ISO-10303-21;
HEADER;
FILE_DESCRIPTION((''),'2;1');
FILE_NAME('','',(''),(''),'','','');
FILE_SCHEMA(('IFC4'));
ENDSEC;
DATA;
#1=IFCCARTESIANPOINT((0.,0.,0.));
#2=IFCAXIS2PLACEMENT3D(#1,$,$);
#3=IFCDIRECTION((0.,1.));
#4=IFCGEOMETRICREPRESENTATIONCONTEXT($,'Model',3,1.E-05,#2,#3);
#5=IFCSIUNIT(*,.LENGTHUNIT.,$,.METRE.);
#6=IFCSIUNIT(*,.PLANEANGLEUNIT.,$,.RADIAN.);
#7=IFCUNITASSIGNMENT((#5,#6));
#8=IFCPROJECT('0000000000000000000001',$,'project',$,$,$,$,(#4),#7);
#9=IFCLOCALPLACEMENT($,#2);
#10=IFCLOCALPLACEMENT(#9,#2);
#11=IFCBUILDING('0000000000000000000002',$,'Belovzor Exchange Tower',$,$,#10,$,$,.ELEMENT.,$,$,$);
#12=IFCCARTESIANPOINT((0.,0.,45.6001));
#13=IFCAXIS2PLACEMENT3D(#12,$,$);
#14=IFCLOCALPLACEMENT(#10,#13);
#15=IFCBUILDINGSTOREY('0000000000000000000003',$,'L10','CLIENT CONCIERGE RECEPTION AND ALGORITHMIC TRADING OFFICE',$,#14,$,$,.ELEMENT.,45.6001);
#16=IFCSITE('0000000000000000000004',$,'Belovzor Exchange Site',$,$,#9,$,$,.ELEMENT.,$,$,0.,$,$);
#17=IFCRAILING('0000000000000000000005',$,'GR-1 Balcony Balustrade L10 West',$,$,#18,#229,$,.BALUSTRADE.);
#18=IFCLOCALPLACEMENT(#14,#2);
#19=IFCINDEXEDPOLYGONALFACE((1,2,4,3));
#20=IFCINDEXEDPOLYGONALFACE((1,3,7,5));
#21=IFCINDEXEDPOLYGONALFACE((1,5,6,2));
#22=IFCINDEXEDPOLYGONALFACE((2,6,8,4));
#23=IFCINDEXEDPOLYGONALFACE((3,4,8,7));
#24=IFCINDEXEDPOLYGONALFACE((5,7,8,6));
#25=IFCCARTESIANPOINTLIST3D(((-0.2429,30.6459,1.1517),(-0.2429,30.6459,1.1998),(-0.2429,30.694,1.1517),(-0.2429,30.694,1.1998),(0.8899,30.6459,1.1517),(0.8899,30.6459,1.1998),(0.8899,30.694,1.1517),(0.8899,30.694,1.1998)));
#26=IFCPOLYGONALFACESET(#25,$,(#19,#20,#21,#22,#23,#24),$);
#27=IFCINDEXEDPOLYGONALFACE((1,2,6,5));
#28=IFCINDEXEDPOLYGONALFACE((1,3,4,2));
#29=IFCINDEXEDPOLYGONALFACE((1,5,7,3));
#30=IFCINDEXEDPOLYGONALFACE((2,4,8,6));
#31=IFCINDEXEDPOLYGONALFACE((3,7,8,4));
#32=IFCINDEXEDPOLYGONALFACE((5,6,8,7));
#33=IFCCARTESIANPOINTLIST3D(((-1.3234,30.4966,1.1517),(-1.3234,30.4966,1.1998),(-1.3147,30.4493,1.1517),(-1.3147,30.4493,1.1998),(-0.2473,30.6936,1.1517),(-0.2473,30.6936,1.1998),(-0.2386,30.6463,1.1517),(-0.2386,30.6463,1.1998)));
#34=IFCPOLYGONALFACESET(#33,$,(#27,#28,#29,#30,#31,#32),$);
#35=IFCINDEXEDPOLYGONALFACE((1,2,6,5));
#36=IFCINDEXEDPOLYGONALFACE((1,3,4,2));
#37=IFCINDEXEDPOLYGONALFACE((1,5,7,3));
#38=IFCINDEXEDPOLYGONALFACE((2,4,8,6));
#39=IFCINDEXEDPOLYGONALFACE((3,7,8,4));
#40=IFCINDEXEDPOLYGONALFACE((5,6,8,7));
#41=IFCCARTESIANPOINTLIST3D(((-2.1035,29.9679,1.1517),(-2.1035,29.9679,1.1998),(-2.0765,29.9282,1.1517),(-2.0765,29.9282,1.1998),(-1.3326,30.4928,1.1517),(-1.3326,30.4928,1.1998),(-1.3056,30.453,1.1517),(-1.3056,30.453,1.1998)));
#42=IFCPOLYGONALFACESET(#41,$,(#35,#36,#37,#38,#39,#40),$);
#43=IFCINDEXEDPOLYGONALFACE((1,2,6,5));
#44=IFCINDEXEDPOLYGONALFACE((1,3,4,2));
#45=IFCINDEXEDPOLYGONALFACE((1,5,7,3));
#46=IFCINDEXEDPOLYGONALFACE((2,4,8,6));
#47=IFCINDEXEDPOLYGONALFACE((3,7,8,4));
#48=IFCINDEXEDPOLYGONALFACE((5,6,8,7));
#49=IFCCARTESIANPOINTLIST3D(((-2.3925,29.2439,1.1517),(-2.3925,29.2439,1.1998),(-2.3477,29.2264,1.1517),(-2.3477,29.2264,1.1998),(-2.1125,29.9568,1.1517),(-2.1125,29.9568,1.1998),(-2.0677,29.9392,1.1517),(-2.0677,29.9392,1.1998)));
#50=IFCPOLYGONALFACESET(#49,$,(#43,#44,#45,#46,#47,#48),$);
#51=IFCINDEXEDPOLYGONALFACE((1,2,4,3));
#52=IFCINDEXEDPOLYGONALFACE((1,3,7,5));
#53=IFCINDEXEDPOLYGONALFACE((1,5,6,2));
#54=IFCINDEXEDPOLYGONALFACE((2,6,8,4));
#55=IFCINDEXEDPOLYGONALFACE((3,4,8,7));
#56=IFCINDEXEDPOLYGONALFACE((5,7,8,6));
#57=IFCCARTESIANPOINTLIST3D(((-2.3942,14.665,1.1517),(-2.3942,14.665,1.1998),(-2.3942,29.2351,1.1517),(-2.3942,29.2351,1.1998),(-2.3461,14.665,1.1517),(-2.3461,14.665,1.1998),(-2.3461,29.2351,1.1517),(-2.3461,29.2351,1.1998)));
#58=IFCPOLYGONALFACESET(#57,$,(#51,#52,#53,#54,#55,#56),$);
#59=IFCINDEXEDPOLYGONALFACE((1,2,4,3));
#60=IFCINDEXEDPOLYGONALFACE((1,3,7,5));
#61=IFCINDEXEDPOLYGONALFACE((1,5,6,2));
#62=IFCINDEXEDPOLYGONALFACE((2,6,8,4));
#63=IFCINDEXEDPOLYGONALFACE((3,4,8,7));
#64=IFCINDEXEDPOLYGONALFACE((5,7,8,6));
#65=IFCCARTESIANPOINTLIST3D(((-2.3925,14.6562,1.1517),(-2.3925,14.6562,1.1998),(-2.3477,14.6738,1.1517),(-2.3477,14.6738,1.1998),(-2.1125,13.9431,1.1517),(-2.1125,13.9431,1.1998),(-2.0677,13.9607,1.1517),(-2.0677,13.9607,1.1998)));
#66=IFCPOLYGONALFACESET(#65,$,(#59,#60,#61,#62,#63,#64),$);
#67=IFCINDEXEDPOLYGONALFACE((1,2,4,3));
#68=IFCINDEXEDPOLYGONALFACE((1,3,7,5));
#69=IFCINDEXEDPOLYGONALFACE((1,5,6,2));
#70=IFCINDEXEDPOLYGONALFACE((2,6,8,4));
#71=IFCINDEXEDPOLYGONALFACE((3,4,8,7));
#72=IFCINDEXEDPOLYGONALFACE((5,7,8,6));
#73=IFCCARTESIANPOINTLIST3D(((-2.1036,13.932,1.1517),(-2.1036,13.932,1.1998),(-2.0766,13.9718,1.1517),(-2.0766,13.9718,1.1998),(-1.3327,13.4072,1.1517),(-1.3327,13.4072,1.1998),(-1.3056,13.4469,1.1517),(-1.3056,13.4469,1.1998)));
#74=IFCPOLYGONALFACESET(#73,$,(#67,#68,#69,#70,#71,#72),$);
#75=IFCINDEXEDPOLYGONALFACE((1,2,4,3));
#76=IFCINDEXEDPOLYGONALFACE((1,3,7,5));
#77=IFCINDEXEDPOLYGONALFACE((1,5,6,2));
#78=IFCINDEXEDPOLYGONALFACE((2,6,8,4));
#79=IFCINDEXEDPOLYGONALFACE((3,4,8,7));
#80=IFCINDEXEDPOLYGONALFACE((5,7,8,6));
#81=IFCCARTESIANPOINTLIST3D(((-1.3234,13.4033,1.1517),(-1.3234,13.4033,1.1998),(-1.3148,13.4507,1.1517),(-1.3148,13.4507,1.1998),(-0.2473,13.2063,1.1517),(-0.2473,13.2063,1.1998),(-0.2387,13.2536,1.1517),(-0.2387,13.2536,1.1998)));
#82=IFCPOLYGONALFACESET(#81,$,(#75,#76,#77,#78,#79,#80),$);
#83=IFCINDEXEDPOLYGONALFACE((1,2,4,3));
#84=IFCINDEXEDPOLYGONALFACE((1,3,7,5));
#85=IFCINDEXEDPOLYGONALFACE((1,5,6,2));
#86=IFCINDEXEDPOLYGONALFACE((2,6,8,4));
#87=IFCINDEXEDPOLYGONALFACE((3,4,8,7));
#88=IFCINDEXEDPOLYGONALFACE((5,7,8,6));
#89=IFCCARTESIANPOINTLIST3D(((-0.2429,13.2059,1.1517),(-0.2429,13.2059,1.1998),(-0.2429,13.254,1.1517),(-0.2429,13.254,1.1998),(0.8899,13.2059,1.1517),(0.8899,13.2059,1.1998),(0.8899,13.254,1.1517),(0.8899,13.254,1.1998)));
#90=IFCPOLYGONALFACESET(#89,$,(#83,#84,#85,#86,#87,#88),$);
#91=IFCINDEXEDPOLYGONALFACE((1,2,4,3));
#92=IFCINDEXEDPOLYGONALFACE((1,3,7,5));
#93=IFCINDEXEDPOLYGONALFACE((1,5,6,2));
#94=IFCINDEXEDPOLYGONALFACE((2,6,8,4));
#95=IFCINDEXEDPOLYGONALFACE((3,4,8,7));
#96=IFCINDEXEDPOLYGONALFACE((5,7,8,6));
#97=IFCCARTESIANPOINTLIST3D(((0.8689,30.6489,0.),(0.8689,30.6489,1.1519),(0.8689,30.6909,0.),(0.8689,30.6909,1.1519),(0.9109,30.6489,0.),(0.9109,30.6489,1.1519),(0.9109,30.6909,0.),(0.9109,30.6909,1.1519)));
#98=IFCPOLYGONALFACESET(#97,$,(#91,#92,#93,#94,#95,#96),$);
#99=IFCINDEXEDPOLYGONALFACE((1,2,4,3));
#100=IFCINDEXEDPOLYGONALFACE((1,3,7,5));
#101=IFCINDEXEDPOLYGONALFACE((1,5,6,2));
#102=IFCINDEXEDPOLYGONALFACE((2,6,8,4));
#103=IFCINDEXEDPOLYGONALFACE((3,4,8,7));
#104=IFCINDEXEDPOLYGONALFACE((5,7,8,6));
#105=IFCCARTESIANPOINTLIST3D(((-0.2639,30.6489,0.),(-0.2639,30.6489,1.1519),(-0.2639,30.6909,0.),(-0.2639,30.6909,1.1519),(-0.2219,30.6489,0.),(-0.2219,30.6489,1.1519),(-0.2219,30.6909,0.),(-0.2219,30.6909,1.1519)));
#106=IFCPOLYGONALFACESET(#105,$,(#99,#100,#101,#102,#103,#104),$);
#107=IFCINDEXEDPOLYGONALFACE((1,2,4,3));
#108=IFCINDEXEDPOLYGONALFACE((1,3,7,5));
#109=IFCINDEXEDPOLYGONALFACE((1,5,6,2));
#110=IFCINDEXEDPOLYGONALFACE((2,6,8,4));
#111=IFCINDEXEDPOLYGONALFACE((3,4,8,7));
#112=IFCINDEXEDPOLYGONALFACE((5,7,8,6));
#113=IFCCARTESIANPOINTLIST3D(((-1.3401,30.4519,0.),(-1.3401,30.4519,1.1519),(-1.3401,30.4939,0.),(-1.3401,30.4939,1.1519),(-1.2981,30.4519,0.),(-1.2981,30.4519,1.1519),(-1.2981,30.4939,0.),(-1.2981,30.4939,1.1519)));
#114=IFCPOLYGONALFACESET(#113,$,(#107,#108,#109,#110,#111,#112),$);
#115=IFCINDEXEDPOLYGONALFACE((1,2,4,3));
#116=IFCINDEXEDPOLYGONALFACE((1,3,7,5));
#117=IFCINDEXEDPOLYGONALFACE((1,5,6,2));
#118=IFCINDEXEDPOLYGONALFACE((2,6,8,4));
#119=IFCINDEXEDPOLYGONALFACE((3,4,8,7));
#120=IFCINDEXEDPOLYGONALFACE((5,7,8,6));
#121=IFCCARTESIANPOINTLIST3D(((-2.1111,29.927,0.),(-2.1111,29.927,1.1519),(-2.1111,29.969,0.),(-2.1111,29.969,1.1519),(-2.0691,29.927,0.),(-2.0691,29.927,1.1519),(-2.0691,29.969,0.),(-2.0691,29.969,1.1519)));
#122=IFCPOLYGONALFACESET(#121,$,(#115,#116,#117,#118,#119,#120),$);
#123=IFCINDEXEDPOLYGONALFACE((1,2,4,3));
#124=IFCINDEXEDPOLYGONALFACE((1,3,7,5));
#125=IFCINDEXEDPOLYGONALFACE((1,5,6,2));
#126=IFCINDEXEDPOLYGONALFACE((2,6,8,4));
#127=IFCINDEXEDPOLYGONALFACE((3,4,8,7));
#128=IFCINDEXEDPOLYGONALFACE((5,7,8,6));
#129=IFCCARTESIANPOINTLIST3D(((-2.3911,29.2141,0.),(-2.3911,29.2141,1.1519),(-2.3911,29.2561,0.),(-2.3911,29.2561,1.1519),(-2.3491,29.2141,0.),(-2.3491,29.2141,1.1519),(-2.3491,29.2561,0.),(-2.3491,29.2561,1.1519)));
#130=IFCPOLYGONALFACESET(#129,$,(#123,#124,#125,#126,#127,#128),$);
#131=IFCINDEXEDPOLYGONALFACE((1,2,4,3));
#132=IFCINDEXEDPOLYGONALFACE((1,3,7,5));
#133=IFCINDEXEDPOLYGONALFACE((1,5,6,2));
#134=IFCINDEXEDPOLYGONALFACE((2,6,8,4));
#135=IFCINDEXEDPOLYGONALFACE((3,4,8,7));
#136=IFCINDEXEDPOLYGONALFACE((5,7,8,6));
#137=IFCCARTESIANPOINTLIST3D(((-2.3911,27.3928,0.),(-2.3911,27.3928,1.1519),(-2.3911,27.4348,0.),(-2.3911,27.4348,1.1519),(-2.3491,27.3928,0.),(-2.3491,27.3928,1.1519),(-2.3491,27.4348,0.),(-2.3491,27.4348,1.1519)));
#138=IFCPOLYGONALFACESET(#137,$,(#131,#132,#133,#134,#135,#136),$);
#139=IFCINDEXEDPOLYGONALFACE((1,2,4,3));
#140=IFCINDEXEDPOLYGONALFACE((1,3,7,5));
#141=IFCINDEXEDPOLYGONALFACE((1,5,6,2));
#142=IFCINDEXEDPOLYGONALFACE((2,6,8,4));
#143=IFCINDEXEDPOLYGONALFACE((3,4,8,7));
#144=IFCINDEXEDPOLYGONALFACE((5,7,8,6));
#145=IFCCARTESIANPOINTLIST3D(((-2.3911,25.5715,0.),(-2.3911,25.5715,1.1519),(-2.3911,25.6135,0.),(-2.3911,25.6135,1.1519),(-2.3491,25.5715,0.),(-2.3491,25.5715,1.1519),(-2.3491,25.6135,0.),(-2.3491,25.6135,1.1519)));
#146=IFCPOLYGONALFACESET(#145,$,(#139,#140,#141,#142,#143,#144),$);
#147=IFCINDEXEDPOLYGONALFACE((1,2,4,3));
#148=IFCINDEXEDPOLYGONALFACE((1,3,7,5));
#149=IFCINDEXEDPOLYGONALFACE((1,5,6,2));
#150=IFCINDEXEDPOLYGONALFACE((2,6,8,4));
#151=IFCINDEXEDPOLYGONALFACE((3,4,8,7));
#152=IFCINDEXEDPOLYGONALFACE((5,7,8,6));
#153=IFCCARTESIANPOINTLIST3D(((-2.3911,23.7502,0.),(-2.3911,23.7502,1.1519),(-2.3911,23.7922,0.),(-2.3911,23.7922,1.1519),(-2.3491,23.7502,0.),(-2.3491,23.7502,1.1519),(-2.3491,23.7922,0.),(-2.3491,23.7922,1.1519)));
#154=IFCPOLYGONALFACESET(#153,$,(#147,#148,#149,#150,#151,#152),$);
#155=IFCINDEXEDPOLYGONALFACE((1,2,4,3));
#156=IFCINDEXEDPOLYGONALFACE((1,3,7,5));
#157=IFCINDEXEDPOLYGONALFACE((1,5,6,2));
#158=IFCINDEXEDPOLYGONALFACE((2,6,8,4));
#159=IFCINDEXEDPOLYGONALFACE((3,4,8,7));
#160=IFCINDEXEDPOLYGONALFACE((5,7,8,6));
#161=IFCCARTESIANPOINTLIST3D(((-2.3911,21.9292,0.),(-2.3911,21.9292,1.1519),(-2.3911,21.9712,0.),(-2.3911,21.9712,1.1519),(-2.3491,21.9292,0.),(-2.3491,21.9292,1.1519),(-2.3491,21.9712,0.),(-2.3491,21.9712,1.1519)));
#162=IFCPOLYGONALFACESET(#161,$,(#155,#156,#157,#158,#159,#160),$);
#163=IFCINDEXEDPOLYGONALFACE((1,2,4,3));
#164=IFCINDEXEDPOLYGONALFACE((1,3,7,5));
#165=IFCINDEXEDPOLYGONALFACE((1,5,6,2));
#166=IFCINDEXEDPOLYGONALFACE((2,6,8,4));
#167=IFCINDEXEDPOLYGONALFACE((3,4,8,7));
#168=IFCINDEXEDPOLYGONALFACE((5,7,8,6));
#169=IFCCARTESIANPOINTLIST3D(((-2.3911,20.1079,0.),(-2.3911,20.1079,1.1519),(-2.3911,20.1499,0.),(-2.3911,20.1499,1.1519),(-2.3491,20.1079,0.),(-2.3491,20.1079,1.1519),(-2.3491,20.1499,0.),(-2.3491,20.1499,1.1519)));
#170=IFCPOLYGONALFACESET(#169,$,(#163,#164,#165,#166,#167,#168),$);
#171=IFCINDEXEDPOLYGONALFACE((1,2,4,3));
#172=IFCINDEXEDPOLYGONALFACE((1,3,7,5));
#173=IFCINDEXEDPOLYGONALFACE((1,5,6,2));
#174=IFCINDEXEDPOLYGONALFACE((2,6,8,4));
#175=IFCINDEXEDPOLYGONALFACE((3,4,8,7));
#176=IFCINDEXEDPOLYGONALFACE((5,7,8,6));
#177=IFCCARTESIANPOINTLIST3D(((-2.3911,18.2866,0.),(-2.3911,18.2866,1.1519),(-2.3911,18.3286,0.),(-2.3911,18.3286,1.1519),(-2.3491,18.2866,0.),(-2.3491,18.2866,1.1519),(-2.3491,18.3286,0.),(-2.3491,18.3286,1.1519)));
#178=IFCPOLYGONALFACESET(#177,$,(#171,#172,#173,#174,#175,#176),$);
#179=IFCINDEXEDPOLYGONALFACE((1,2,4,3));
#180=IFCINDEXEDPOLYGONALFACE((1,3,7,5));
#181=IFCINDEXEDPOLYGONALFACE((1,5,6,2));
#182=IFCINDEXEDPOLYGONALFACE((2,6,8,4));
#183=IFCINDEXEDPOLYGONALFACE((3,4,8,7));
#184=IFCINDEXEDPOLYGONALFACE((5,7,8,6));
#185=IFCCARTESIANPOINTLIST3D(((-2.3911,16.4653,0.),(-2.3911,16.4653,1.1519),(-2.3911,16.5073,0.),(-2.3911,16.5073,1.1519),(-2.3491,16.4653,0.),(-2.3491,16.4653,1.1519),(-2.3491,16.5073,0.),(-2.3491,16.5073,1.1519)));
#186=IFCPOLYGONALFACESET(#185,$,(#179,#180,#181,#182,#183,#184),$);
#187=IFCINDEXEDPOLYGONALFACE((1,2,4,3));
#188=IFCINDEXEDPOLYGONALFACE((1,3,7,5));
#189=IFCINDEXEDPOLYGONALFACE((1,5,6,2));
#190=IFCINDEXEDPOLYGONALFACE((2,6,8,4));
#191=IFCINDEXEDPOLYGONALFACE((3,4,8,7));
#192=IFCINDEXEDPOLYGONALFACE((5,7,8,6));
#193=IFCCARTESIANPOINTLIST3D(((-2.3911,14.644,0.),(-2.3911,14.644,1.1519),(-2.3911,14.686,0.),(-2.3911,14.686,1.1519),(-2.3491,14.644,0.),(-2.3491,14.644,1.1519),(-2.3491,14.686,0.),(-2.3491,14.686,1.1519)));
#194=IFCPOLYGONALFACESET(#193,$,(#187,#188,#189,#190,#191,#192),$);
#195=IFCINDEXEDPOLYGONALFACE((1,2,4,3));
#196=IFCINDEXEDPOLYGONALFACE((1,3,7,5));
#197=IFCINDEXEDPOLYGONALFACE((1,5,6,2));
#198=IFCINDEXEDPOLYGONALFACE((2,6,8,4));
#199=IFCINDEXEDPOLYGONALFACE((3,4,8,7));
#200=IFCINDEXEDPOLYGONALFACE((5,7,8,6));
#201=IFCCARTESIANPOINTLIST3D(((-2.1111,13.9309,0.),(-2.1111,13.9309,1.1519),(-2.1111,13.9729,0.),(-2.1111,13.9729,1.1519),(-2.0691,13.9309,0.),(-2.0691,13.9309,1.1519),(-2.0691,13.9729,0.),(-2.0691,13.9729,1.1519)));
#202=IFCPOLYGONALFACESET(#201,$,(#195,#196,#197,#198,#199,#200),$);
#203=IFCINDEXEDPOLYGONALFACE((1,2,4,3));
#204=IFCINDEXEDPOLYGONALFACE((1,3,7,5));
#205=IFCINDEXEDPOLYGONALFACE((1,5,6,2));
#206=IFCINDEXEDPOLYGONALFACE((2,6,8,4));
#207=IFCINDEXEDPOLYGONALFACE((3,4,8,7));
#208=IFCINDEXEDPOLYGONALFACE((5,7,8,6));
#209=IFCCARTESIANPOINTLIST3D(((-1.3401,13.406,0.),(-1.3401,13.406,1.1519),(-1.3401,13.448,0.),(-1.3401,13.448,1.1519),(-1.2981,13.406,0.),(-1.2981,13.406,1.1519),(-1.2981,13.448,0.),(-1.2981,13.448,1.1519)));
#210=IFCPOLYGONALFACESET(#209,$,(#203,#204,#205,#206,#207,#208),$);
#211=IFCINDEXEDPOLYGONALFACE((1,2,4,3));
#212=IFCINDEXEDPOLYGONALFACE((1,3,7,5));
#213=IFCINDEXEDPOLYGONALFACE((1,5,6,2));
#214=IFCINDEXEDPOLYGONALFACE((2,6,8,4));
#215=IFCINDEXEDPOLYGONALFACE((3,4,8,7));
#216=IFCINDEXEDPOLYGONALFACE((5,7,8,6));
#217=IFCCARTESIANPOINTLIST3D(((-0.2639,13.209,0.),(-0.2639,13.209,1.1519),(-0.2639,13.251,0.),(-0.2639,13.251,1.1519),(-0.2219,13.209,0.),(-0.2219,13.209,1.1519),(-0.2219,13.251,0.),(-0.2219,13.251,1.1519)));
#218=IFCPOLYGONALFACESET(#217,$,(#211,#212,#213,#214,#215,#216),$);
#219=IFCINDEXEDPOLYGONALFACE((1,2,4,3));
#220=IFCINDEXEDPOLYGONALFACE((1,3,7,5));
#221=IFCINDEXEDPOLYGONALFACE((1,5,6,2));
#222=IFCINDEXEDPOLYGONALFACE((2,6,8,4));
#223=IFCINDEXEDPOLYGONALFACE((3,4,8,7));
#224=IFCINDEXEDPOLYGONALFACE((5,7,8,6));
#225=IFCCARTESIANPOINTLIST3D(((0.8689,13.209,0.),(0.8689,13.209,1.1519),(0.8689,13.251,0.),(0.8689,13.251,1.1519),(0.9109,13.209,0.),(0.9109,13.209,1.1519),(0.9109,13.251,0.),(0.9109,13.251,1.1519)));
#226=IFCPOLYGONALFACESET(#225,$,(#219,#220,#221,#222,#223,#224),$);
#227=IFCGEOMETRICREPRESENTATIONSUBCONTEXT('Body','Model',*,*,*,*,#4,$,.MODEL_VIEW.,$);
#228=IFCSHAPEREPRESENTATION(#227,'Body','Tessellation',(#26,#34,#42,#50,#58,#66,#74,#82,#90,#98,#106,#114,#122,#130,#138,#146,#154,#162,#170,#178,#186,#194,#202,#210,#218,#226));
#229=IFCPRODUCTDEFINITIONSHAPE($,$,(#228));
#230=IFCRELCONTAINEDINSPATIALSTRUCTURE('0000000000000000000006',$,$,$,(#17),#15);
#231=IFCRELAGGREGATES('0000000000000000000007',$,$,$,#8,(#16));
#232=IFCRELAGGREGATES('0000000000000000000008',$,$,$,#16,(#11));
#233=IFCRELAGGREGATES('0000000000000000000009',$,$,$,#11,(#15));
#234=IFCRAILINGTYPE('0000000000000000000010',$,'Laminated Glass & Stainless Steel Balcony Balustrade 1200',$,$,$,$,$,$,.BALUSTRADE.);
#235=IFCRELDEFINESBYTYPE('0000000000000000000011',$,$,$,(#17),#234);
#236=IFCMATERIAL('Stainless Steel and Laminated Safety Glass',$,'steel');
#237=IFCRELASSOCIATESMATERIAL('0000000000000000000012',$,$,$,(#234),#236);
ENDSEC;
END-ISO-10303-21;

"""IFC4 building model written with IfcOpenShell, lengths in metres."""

from ifc_helpers import new_model, si_unit, direction, frame, origin, origin_2d, place, context, subcontext, project, spatial, rectangle, extrude, material, type_object, element, save


model = new_model("IFC4")

# Units and contexts
model_context = context("Model", 3, precision=1e-05, world=origin(), true_north=direction((0.0, 1.0)))
body_context = subcontext(model_context, "Body", "Model", "MODEL_VIEW")
ifc_project = project(units=[si_unit("LENGTHUNIT", "METRE"), si_unit("PLANEANGLEUNIT", "RADIAN")], contexts=[model_context])

# Site, building, storey
site_placement = place(None, origin())
site = spatial("IfcSite", under=ifc_project, at=site_placement, Name="Belovzor Exchange Site", CompositionType="ELEMENT", RefElevation=0.0)
building_placement = place(site_placement, origin())
building = spatial("IfcBuilding", under=site, at=building_placement, Name="Belovzor Exchange Tower", CompositionType="ELEMENT")
storey_placement = place(building_placement, frame((0.0, 0.0, 45.6001)))
storey = spatial("IfcBuildingStorey", under=building, at=storey_placement, Name="L10", Description="CLIENT CONCIERGE RECEPTION AND ALGORITHMIC TRADING OFFICE", CompositionType="ELEMENT", Elevation=45.6001)

# Railing
ifc_material_1 = material(Name="Stainless Steel and Laminated Safety Glass", Category="steel")
railing_type = type_object("IfcRailingType", Name="Laminated Glass & Stainless Steel Balcony Balustrade 1200", PredefinedType="BALUSTRADE", material=ifc_material_1)
railing_placement = place(storey_placement, frame((0.8899, 30.6699, 0.0)))
element("IfcRailing", 1, at=railing_placement, inside=storey, type_object=railing_type, Name="GR-1 Balcony Balustrade L10 West", PredefinedType="BALUSTRADE", context=body_context, shape_type="SweptSolid", body=[
    extrude(rectangle(XDim=0.0481, YDim=0.0481, at=origin_2d()), frame((0.0, 0.0, 1.1758), z_axis=(-1.0, 0.0, 0.0), x_axis=(0.0, -1.0, 0.0)), (0.0, 0.0, 1.0), 1.1328),
    extrude(rectangle(XDim=0.0481, YDim=0.0481, at=origin_2d()), frame((-1.1328, 0.0, 1.1758), z_axis=(-0.983651, -0.180083, 0.0), x_axis=(0.180083, -0.983651, 0.0)), (0.0, 0.0, 1.0), 1.094),
    extrude(rectangle(XDim=0.0481, YDim=0.0481, at=origin_2d()), frame((-2.209, -0.197, 1.1758), z_axis=(-0.826615, -0.562768, 0.0), x_axis=(0.562768, -0.826615, 0.0)), (0.0, 0.0, 1.0), 0.9326),
    extrude(rectangle(XDim=0.0481, YDim=0.0481, at=origin_2d()), frame((-2.98, -0.7219, 1.1758), z_axis=(-0.365613, -0.930767, 0.0), x_axis=(0.930767, -0.365613, 0.0)), (0.0, 0.0, 1.0), 0.7659),
    extrude(rectangle(XDim=0.0481, YDim=0.0481, at=origin_2d()), frame((-3.26, -1.4348, 1.1758), z_axis=(0.0, -1.0, 0.0), x_axis=(1.0, 0.0, 0.0)), (0.0, 0.0, 1.0), 14.5701),
    extrude(rectangle(XDim=0.0481, YDim=0.0481, at=origin_2d()), frame((-3.26, -16.0049, 1.1758), z_axis=(0.365504, -0.93081, 0.0), x_axis=(0.93081, 0.365504, 0.0)), (0.0, 0.0, 1.0), 0.7661),
    extrude(rectangle(XDim=0.0481, YDim=0.0481, at=origin_2d()), frame((-2.98, -16.718, 1.1758), z_axis=(0.826615, -0.562768, 0.0), x_axis=(0.562768, 0.826615, 0.0)), (0.0, 0.0, 1.0), 0.9326),
    extrude(rectangle(XDim=0.0481, YDim=0.0481, at=origin_2d()), frame((-2.209, -17.2429, 1.1758), z_axis=(0.983651, -0.180083, 0.0), x_axis=(0.180083, 0.983651, 0.0)), (0.0, 0.0, 1.0), 1.094),
    extrude(rectangle(XDim=0.0481, YDim=0.0481, at=origin_2d()), frame((-1.1328, -17.4399, 1.1758), z_axis=(1.0, 0.0, 0.0), x_axis=(0.0, 1.0, 0.0)), (0.0, 0.0, 1.0), 1.1328),
    extrude(rectangle(XDim=0.042, YDim=0.042, at=origin_2d()), origin(), (0.0, 0.0, 1.0), 1.1519),
    extrude(rectangle(XDim=0.042, YDim=0.042, at=origin_2d()), frame((-1.1328, 0.0, 0.0)), (0.0, 0.0, 1.0), 1.1519),
    extrude(rectangle(XDim=0.042, YDim=0.042, at=origin_2d()), frame((-2.209, -0.197, 0.0)), (0.0, 0.0, 1.0), 1.1519),
    extrude(rectangle(XDim=0.042, YDim=0.042, at=origin_2d()), frame((-2.98, -0.7219, 0.0)), (0.0, 0.0, 1.0), 1.1519),
    extrude(rectangle(XDim=0.042, YDim=0.042, at=origin_2d()), frame((-3.26, -1.4348, 0.0)), (0.0, 0.0, 1.0), 1.1519),
    extrude(rectangle(XDim=0.042, YDim=0.042, at=origin_2d()), frame((-3.26, -3.2561, 0.0)), (0.0, 0.0, 1.0), 1.1519),
    extrude(rectangle(XDim=0.042, YDim=0.042, at=origin_2d()), frame((-3.26, -5.0774, 0.0)), (0.0, 0.0, 1.0), 1.1519),
    extrude(rectangle(XDim=0.042, YDim=0.042, at=origin_2d()), frame((-3.26, -6.8987, 0.0)), (0.0, 0.0, 1.0), 1.1519),
    extrude(rectangle(XDim=0.042, YDim=0.042, at=origin_2d()), frame((-3.26, -8.7197, 0.0)), (0.0, 0.0, 1.0), 1.1519),
    extrude(rectangle(XDim=0.042, YDim=0.042, at=origin_2d()), frame((-3.26, -10.541, 0.0)), (0.0, 0.0, 1.0), 1.1519),
    extrude(rectangle(XDim=0.042, YDim=0.042, at=origin_2d()), frame((-3.26, -12.3623, 0.0)), (0.0, 0.0, 1.0), 1.1519),
    extrude(rectangle(XDim=0.042, YDim=0.042, at=origin_2d()), frame((-3.26, -14.1836, 0.0)), (0.0, 0.0, 1.0), 1.1519),
    extrude(rectangle(XDim=0.042, YDim=0.042, at=origin_2d()), frame((-3.26, -16.0049, 0.0)), (0.0, 0.0, 1.0), 1.1519),
    extrude(rectangle(XDim=0.042, YDim=0.042, at=origin_2d()), frame((-2.98, -16.718, 0.0)), (0.0, 0.0, 1.0), 1.1519),
    extrude(rectangle(XDim=0.042, YDim=0.042, at=origin_2d()), frame((-2.209, -17.2429, 0.0)), (0.0, 0.0, 1.0), 1.1519),
    extrude(rectangle(XDim=0.042, YDim=0.042, at=origin_2d()), frame((-1.1328, -17.4399, 0.0)), (0.0, 0.0, 1.0), 1.1519),
    extrude(rectangle(XDim=0.042, YDim=0.042, at=origin_2d()), frame((0.0, -17.4399, 0.0)), (0.0, 0.0, 1.0), 1.1519),
])

save(model, "model.ifc")
